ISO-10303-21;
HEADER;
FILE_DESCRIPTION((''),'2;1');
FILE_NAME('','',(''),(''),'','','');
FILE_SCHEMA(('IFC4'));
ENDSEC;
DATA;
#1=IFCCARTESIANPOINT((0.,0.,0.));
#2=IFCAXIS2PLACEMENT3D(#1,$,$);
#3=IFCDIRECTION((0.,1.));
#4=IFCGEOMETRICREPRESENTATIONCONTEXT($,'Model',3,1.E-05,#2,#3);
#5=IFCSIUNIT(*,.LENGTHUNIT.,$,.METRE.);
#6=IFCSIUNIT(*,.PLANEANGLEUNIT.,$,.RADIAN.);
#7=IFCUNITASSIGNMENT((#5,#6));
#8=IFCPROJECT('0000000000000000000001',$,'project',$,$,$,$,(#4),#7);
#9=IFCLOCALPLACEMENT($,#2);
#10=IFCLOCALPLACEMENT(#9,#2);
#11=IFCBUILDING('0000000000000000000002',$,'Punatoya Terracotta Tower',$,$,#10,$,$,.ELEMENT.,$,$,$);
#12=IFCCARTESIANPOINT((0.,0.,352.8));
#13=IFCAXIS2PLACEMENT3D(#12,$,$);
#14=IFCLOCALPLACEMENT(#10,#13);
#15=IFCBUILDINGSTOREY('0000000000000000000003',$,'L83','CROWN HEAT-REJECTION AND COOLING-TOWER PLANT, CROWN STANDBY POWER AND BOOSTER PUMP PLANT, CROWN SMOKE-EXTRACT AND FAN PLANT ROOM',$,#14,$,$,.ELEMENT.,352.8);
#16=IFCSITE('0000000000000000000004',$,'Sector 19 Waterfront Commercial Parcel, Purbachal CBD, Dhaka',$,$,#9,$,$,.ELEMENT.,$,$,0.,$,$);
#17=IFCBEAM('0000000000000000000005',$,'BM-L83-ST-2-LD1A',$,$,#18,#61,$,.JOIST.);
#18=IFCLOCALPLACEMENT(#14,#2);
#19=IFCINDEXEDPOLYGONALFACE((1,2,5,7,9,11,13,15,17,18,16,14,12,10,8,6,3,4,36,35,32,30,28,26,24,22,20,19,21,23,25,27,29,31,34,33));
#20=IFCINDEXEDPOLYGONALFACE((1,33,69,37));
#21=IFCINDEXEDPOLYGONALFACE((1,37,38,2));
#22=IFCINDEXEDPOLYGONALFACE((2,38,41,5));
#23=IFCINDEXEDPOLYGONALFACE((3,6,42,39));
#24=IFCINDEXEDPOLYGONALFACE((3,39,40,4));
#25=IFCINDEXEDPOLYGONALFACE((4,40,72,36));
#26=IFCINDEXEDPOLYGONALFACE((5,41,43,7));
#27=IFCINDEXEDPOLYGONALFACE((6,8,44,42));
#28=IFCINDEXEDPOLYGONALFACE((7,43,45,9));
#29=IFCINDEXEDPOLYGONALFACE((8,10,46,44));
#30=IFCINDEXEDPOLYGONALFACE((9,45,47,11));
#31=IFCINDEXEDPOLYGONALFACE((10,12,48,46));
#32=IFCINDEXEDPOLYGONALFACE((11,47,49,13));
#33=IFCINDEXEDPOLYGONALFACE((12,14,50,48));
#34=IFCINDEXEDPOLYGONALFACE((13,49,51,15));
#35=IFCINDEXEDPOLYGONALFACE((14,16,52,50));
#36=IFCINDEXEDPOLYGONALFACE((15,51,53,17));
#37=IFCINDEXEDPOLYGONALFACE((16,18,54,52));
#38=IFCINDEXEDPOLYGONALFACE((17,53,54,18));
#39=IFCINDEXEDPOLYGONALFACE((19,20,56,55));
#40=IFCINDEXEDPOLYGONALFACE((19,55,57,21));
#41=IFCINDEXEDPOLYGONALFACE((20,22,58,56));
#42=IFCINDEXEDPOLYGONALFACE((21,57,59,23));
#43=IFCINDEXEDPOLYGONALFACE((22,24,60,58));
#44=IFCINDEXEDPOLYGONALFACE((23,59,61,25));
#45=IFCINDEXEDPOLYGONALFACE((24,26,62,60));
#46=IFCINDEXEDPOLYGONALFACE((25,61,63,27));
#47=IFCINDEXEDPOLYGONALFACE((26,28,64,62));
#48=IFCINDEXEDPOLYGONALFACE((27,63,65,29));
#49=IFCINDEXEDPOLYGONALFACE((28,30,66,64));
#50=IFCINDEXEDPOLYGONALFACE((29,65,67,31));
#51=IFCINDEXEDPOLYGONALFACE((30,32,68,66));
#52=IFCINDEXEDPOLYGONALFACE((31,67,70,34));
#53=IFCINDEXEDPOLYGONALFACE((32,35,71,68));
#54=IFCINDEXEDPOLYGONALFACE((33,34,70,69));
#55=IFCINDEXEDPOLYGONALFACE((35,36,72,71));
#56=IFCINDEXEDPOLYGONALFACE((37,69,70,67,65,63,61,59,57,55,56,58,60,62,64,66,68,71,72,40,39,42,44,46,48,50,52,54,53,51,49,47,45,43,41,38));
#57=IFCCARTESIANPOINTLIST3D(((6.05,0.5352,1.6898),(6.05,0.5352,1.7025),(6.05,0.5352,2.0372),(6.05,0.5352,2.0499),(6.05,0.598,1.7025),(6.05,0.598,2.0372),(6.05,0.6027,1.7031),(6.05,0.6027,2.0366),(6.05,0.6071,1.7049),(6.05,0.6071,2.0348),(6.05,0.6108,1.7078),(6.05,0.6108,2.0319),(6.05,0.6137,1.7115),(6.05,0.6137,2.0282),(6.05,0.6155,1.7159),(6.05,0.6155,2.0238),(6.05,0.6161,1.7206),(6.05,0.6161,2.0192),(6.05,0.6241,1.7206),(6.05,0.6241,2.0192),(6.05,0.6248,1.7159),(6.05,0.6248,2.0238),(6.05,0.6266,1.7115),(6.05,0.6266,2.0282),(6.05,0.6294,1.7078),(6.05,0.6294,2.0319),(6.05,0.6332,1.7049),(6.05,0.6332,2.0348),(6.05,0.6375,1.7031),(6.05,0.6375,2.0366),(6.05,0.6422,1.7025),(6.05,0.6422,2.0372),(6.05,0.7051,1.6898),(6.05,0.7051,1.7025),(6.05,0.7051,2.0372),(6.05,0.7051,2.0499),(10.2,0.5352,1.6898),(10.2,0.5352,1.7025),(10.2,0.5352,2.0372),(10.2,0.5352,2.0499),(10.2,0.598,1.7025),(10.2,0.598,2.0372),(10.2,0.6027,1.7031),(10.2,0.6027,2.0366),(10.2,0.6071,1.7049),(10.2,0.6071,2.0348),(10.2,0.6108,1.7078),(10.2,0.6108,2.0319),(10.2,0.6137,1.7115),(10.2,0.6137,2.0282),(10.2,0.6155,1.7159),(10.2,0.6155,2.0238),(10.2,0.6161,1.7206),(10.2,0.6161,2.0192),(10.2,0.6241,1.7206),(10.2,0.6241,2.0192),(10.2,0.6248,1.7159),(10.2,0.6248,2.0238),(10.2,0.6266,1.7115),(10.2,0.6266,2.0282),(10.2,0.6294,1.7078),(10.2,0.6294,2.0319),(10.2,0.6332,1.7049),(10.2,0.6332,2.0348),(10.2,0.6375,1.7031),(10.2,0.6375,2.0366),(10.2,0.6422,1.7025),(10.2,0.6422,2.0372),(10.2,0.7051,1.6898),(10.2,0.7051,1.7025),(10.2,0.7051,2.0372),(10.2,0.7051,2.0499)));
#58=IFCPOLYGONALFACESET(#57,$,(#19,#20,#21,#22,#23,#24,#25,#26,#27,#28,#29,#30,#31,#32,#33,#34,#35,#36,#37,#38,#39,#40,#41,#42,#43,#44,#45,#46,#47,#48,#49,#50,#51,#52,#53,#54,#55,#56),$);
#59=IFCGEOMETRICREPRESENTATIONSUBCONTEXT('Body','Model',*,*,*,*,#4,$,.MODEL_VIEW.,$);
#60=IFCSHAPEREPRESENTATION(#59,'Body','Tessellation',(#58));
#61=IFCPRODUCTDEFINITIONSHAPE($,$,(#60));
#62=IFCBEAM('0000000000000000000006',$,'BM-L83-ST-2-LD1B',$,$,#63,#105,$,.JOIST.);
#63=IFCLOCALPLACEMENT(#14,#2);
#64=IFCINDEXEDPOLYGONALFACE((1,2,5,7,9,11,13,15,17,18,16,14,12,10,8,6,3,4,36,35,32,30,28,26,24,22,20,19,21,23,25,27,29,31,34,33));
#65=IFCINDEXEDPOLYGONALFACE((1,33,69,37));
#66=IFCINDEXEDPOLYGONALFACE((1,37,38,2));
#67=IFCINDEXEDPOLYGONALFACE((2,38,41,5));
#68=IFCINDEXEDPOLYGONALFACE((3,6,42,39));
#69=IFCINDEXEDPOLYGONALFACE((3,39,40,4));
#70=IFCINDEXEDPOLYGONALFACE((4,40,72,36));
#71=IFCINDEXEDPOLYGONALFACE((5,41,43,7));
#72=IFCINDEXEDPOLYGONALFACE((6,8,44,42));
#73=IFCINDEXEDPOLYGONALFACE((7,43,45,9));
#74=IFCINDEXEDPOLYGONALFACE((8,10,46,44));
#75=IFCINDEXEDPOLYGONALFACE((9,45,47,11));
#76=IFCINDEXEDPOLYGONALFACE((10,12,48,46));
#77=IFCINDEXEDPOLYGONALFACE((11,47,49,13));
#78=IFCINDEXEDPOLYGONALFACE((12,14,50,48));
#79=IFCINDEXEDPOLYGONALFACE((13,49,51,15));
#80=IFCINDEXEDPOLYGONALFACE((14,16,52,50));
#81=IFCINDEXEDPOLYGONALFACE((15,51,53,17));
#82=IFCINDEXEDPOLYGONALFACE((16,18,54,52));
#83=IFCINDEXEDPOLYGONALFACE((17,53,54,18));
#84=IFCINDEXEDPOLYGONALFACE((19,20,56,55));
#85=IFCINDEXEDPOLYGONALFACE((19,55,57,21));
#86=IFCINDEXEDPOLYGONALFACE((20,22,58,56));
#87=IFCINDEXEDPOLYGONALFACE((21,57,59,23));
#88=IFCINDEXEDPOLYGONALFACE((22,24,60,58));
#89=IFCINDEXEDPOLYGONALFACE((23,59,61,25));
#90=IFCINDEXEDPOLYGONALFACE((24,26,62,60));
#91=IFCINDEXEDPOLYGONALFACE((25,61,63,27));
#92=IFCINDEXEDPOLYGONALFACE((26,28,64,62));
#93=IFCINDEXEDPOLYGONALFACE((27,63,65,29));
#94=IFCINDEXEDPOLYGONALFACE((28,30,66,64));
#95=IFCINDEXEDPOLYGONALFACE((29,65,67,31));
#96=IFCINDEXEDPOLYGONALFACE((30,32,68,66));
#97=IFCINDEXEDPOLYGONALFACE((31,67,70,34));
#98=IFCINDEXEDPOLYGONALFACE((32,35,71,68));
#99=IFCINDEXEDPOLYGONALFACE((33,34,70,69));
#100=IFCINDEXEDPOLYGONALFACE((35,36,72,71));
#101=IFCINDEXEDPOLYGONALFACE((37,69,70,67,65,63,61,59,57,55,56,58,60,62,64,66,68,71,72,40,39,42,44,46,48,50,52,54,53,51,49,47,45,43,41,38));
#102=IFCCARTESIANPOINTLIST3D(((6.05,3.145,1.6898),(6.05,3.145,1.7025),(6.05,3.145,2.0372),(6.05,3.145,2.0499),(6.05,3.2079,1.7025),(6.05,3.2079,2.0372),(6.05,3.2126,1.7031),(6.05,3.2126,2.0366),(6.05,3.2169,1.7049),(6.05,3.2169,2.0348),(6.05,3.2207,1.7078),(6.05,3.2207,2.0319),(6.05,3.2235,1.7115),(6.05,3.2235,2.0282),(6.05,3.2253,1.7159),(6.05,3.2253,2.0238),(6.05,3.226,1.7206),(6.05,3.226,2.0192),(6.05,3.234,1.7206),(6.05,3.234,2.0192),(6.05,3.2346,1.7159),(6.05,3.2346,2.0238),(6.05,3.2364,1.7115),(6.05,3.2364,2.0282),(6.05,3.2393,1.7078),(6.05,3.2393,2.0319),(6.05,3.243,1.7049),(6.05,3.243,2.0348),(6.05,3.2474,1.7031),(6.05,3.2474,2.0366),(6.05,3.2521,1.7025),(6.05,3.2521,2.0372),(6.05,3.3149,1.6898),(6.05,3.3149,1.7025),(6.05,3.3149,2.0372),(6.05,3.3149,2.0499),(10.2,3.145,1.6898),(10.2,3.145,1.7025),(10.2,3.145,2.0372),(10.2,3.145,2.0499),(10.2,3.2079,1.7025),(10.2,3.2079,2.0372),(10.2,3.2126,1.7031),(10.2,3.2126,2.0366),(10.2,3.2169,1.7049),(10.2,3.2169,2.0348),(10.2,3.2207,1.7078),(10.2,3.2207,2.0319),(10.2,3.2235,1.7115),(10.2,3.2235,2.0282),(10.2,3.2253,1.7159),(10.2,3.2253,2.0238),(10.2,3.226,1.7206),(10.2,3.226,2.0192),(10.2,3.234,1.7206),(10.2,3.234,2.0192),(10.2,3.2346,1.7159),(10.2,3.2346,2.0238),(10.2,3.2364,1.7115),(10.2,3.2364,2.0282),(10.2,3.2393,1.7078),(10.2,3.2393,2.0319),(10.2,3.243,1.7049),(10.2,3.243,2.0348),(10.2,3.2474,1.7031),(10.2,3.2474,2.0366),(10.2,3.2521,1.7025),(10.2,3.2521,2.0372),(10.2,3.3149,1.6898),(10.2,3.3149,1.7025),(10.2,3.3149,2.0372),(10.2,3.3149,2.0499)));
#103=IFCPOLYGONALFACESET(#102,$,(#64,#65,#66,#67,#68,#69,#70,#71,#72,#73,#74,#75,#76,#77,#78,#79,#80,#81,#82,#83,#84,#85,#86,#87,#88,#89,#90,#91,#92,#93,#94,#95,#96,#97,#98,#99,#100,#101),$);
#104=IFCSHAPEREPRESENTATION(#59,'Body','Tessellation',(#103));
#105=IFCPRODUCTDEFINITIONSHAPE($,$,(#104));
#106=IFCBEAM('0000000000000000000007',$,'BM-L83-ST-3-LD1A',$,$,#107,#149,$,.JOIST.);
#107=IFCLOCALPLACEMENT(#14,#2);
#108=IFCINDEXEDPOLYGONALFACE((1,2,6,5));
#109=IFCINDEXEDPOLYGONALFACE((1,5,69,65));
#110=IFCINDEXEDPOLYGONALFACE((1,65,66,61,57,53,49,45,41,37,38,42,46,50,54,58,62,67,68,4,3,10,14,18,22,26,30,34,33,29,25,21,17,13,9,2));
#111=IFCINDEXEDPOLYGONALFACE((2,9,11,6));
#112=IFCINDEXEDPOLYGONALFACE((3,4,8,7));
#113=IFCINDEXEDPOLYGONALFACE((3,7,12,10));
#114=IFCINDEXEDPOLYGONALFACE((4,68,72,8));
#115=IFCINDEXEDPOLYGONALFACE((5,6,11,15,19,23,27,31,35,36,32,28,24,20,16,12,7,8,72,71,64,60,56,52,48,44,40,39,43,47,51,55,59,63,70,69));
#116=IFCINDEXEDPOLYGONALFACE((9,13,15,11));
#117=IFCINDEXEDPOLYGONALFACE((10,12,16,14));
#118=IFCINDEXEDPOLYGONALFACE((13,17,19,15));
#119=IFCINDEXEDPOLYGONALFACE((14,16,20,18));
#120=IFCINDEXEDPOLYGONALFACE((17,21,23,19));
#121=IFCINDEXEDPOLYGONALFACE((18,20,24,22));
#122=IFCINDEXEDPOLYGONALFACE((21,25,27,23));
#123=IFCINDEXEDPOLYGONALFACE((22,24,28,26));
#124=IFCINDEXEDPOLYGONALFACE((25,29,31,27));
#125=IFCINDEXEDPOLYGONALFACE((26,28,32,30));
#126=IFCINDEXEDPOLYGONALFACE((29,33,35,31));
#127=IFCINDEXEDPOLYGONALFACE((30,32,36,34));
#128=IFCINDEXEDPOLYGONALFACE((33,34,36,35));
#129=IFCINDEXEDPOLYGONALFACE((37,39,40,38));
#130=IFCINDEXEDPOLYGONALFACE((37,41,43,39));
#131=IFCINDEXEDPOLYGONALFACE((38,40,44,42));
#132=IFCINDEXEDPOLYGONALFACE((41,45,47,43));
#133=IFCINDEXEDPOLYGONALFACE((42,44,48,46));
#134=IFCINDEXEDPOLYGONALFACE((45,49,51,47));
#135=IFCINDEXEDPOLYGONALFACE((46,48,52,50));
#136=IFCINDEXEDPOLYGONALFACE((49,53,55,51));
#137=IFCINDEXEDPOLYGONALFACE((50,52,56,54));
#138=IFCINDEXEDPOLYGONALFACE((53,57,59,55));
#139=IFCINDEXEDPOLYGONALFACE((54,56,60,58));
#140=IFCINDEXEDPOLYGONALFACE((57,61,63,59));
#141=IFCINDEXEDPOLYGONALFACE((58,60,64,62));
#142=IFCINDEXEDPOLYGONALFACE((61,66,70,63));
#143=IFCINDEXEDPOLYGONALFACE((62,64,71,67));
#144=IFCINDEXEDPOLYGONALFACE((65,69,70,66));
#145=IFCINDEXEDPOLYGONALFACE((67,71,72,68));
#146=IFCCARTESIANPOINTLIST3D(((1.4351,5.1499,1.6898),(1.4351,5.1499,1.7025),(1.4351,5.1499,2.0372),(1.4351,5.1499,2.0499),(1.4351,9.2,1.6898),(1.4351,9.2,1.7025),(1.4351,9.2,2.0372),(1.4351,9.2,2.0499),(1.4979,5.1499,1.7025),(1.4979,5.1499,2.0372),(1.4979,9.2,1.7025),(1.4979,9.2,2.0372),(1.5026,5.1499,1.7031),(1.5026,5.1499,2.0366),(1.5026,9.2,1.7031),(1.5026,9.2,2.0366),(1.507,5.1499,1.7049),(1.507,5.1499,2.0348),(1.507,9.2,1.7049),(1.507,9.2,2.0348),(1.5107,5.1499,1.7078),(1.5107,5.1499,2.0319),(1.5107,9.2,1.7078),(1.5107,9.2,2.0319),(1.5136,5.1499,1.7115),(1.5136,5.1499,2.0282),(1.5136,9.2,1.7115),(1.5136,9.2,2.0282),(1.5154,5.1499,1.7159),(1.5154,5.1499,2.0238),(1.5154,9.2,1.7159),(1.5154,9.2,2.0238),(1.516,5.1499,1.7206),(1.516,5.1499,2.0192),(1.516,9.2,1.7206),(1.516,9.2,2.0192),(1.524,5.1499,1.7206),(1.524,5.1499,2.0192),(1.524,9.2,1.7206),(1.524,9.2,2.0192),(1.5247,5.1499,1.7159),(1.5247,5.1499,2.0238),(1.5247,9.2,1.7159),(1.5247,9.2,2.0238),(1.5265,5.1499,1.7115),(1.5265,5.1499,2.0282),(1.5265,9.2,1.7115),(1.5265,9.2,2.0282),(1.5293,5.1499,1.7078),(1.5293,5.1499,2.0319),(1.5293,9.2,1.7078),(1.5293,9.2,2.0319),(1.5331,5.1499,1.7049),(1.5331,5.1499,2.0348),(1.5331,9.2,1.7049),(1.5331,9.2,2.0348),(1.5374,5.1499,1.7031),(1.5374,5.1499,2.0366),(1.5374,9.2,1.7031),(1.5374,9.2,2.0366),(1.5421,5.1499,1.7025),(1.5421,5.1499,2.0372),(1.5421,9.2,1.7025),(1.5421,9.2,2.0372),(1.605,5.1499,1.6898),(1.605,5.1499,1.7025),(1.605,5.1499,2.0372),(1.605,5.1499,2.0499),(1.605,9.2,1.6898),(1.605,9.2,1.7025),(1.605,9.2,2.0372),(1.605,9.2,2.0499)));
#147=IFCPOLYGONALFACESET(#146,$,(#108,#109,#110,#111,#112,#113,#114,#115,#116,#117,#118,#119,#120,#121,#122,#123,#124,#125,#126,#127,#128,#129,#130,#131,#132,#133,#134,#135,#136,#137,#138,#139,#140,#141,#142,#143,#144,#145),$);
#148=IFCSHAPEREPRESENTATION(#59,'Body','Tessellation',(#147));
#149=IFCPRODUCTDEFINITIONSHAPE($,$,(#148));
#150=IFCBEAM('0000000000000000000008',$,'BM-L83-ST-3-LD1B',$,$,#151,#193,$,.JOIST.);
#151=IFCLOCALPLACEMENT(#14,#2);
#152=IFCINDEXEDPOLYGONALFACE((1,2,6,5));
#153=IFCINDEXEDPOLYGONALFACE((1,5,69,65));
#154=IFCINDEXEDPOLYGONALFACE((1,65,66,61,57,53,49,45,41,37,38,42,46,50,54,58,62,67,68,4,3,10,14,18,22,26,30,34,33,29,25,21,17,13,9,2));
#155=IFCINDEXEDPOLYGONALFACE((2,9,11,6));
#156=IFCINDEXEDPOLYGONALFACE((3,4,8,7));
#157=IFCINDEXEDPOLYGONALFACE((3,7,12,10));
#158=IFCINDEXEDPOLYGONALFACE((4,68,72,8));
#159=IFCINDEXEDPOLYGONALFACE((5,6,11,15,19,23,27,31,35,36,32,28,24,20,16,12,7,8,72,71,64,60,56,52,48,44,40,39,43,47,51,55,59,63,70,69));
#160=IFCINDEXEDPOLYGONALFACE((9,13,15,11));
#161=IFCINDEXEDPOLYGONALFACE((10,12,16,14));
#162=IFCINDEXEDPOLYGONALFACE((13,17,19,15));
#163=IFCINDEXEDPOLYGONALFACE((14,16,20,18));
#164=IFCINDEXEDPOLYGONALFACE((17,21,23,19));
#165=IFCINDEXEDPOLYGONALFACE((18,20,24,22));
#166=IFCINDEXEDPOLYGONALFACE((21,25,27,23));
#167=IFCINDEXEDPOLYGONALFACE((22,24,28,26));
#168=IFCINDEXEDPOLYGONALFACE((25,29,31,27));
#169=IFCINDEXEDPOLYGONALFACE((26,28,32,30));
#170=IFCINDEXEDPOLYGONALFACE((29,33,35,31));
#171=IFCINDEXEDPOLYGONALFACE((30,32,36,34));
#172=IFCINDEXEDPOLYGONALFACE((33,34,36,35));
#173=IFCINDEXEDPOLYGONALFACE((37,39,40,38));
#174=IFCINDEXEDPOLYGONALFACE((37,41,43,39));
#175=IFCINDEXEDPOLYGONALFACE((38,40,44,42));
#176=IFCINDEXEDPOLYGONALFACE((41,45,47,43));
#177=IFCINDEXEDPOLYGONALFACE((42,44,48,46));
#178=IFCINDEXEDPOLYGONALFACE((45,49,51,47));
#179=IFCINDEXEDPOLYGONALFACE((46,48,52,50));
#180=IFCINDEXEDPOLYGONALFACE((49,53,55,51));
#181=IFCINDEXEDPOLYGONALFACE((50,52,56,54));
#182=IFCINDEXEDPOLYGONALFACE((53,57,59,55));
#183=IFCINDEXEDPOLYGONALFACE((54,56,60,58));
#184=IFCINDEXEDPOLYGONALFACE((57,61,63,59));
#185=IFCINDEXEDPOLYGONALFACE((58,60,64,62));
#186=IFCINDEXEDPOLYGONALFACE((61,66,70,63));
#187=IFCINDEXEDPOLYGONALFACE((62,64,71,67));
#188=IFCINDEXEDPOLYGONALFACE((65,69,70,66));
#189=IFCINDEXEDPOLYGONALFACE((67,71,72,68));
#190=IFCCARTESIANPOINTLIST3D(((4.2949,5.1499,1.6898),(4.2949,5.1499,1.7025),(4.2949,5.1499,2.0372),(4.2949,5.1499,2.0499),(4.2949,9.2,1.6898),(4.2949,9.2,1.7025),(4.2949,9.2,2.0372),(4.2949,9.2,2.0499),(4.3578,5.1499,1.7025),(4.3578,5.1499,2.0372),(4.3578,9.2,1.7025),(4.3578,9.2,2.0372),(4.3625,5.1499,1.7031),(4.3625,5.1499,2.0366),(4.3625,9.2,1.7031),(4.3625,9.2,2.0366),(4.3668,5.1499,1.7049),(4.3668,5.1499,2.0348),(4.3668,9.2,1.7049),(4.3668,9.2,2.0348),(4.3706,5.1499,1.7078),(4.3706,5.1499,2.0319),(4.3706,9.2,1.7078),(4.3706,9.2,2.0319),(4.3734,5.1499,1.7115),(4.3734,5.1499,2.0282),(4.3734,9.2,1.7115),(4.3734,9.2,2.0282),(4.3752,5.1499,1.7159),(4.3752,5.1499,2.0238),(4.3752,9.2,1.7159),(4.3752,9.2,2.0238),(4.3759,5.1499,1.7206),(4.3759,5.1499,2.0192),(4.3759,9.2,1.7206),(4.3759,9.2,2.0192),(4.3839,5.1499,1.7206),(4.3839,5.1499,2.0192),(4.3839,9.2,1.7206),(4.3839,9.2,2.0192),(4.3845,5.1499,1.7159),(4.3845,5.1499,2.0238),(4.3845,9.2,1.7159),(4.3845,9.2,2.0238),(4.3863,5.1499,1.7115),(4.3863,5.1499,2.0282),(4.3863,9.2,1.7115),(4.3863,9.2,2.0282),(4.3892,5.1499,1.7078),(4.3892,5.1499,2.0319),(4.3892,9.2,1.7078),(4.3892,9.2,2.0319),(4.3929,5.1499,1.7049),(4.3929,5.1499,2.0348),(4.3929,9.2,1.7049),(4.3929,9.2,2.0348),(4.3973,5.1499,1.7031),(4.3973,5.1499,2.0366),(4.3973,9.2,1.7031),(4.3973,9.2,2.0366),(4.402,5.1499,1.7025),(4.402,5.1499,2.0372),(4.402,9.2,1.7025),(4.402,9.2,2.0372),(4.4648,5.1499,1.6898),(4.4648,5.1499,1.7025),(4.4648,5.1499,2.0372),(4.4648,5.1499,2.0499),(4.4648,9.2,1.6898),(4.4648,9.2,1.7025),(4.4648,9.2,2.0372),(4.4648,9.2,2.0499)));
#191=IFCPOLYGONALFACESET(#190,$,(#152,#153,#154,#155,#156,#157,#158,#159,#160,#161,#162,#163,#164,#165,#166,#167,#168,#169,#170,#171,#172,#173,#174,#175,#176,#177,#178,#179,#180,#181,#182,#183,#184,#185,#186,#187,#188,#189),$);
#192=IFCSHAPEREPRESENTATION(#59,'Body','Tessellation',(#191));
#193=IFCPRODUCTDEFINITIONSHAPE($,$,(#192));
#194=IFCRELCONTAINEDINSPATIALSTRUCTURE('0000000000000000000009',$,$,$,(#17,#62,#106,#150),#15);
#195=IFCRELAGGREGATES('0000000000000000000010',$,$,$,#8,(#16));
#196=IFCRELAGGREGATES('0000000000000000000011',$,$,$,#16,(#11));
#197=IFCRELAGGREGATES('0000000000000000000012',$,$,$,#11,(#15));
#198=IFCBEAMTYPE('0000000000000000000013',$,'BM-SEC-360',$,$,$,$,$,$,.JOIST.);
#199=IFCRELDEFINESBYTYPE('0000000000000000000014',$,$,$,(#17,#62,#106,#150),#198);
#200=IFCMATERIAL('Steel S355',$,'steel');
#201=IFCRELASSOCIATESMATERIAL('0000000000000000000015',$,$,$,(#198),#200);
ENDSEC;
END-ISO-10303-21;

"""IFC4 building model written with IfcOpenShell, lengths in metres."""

from ifc_helpers import new_model, si_unit, direction, frame, origin, origin_2d, place, context, subcontext, project, spatial, i_section, extrude, material, material_profile, profile_set, type_object, element, save


model = new_model("IFC4")

# Units and contexts
model_context = context("Model", 3, precision=1e-05, world=origin(), true_north=direction((0.0, 1.0)))
body_context = subcontext(model_context, "Body", "Model", "MODEL_VIEW")
ifc_project = project(units=[si_unit("LENGTHUNIT", "METRE"), si_unit("PLANEANGLEUNIT", "RADIAN")], contexts=[model_context])

# Site, building, storey
site_placement = place(None, origin())
site = spatial("IfcSite", under=ifc_project, at=site_placement, Name="Sector 19 Waterfront Commercial Parcel, Purbachal CBD, Dhaka", CompositionType="ELEMENT", RefElevation=0.0)
building_placement = place(site_placement, origin())
building = spatial("IfcBuilding", under=site, at=building_placement, Name="Punatoya Terracotta Tower", CompositionType="ELEMENT")
storey_placement = place(building_placement, frame((0.0, 0.0, 352.8)))
storey = spatial("IfcBuildingStorey", under=building, at=storey_placement, Name="L83", Description="CROWN HEAT-REJECTION AND COOLING-TOWER PLANT, CROWN STANDBY POWER AND BOOSTER PUMP PLANT, CROWN SMOKE-EXTRACT AND FAN PLANT ROOM", CompositionType="ELEMENT", Elevation=352.8)

# Beams
ifc_material_1 = material(Name="Steel S355", Category="steel")
ifc_material_profile_1 = material_profile(ifc_material_1, i_section(OverallWidth=0.1699, OverallDepth=0.3601, WebThickness=0.0081, FlangeThickness=0.0127, FilletRadius=0.0181, at=origin_2d()))
ifc_profile_set_1 = profile_set([ifc_material_profile_1], Name="Steel S355")
beam_type_1 = type_object("IfcBeamType", Name="BM-SEC-360", PredefinedType="JOIST", material=ifc_profile_set_1)
for number, where, z_axis, x_axis, name in (
    (1, (6.05, 0.6201, 1.8699), (1.0, 0.0, 0.0), (0.0, 1.0, 0.0), "BM-L83-ST-2-LD1A"),
    (2, (6.05, 3.23, 1.8699), (1.0, 0.0, 0.0), (0.0, 1.0, 0.0), "BM-L83-ST-2-LD1B"),
):
    element("IfcBeam", number, at=place(storey_placement, frame(where, z_axis=z_axis, x_axis=x_axis)), inside=storey, type_object=beam_type_1, Name=name, PredefinedType="JOIST", context=body_context, shape_type="SweptSolid", body=[
        extrude(i_section(OverallWidth=0.1699, OverallDepth=0.3601, WebThickness=0.0081, FlangeThickness=0.0127, FilletRadius=0.0181, at=origin_2d()), origin(), (0.0, 0.0, 1.0), 4.1499),
    ])
for number, where, z_axis, x_axis, name in (
    (3, (1.52, 5.1499, 1.8699), (0.0, 1.0, 0.0), (-1.0, 0.0, 0.0), "BM-L83-ST-3-LD1A"),
    (4, (4.3799, 5.1499, 1.8699), (0.0, 1.0, 0.0), (-1.0, 0.0, 0.0), "BM-L83-ST-3-LD1B"),
):
    element("IfcBeam", number, at=place(storey_placement, frame(where, z_axis=z_axis, x_axis=x_axis)), inside=storey, type_object=beam_type_1, Name=name, PredefinedType="JOIST", context=body_context, shape_type="SweptSolid", body=[
        extrude(i_section(OverallWidth=0.1699, OverallDepth=0.3601, WebThickness=0.0081, FlangeThickness=0.0127, FilletRadius=0.0181, at=origin_2d()), origin(), (0.0, 0.0, 1.0), 4.05),
    ])

save(model, "model.ifc")
